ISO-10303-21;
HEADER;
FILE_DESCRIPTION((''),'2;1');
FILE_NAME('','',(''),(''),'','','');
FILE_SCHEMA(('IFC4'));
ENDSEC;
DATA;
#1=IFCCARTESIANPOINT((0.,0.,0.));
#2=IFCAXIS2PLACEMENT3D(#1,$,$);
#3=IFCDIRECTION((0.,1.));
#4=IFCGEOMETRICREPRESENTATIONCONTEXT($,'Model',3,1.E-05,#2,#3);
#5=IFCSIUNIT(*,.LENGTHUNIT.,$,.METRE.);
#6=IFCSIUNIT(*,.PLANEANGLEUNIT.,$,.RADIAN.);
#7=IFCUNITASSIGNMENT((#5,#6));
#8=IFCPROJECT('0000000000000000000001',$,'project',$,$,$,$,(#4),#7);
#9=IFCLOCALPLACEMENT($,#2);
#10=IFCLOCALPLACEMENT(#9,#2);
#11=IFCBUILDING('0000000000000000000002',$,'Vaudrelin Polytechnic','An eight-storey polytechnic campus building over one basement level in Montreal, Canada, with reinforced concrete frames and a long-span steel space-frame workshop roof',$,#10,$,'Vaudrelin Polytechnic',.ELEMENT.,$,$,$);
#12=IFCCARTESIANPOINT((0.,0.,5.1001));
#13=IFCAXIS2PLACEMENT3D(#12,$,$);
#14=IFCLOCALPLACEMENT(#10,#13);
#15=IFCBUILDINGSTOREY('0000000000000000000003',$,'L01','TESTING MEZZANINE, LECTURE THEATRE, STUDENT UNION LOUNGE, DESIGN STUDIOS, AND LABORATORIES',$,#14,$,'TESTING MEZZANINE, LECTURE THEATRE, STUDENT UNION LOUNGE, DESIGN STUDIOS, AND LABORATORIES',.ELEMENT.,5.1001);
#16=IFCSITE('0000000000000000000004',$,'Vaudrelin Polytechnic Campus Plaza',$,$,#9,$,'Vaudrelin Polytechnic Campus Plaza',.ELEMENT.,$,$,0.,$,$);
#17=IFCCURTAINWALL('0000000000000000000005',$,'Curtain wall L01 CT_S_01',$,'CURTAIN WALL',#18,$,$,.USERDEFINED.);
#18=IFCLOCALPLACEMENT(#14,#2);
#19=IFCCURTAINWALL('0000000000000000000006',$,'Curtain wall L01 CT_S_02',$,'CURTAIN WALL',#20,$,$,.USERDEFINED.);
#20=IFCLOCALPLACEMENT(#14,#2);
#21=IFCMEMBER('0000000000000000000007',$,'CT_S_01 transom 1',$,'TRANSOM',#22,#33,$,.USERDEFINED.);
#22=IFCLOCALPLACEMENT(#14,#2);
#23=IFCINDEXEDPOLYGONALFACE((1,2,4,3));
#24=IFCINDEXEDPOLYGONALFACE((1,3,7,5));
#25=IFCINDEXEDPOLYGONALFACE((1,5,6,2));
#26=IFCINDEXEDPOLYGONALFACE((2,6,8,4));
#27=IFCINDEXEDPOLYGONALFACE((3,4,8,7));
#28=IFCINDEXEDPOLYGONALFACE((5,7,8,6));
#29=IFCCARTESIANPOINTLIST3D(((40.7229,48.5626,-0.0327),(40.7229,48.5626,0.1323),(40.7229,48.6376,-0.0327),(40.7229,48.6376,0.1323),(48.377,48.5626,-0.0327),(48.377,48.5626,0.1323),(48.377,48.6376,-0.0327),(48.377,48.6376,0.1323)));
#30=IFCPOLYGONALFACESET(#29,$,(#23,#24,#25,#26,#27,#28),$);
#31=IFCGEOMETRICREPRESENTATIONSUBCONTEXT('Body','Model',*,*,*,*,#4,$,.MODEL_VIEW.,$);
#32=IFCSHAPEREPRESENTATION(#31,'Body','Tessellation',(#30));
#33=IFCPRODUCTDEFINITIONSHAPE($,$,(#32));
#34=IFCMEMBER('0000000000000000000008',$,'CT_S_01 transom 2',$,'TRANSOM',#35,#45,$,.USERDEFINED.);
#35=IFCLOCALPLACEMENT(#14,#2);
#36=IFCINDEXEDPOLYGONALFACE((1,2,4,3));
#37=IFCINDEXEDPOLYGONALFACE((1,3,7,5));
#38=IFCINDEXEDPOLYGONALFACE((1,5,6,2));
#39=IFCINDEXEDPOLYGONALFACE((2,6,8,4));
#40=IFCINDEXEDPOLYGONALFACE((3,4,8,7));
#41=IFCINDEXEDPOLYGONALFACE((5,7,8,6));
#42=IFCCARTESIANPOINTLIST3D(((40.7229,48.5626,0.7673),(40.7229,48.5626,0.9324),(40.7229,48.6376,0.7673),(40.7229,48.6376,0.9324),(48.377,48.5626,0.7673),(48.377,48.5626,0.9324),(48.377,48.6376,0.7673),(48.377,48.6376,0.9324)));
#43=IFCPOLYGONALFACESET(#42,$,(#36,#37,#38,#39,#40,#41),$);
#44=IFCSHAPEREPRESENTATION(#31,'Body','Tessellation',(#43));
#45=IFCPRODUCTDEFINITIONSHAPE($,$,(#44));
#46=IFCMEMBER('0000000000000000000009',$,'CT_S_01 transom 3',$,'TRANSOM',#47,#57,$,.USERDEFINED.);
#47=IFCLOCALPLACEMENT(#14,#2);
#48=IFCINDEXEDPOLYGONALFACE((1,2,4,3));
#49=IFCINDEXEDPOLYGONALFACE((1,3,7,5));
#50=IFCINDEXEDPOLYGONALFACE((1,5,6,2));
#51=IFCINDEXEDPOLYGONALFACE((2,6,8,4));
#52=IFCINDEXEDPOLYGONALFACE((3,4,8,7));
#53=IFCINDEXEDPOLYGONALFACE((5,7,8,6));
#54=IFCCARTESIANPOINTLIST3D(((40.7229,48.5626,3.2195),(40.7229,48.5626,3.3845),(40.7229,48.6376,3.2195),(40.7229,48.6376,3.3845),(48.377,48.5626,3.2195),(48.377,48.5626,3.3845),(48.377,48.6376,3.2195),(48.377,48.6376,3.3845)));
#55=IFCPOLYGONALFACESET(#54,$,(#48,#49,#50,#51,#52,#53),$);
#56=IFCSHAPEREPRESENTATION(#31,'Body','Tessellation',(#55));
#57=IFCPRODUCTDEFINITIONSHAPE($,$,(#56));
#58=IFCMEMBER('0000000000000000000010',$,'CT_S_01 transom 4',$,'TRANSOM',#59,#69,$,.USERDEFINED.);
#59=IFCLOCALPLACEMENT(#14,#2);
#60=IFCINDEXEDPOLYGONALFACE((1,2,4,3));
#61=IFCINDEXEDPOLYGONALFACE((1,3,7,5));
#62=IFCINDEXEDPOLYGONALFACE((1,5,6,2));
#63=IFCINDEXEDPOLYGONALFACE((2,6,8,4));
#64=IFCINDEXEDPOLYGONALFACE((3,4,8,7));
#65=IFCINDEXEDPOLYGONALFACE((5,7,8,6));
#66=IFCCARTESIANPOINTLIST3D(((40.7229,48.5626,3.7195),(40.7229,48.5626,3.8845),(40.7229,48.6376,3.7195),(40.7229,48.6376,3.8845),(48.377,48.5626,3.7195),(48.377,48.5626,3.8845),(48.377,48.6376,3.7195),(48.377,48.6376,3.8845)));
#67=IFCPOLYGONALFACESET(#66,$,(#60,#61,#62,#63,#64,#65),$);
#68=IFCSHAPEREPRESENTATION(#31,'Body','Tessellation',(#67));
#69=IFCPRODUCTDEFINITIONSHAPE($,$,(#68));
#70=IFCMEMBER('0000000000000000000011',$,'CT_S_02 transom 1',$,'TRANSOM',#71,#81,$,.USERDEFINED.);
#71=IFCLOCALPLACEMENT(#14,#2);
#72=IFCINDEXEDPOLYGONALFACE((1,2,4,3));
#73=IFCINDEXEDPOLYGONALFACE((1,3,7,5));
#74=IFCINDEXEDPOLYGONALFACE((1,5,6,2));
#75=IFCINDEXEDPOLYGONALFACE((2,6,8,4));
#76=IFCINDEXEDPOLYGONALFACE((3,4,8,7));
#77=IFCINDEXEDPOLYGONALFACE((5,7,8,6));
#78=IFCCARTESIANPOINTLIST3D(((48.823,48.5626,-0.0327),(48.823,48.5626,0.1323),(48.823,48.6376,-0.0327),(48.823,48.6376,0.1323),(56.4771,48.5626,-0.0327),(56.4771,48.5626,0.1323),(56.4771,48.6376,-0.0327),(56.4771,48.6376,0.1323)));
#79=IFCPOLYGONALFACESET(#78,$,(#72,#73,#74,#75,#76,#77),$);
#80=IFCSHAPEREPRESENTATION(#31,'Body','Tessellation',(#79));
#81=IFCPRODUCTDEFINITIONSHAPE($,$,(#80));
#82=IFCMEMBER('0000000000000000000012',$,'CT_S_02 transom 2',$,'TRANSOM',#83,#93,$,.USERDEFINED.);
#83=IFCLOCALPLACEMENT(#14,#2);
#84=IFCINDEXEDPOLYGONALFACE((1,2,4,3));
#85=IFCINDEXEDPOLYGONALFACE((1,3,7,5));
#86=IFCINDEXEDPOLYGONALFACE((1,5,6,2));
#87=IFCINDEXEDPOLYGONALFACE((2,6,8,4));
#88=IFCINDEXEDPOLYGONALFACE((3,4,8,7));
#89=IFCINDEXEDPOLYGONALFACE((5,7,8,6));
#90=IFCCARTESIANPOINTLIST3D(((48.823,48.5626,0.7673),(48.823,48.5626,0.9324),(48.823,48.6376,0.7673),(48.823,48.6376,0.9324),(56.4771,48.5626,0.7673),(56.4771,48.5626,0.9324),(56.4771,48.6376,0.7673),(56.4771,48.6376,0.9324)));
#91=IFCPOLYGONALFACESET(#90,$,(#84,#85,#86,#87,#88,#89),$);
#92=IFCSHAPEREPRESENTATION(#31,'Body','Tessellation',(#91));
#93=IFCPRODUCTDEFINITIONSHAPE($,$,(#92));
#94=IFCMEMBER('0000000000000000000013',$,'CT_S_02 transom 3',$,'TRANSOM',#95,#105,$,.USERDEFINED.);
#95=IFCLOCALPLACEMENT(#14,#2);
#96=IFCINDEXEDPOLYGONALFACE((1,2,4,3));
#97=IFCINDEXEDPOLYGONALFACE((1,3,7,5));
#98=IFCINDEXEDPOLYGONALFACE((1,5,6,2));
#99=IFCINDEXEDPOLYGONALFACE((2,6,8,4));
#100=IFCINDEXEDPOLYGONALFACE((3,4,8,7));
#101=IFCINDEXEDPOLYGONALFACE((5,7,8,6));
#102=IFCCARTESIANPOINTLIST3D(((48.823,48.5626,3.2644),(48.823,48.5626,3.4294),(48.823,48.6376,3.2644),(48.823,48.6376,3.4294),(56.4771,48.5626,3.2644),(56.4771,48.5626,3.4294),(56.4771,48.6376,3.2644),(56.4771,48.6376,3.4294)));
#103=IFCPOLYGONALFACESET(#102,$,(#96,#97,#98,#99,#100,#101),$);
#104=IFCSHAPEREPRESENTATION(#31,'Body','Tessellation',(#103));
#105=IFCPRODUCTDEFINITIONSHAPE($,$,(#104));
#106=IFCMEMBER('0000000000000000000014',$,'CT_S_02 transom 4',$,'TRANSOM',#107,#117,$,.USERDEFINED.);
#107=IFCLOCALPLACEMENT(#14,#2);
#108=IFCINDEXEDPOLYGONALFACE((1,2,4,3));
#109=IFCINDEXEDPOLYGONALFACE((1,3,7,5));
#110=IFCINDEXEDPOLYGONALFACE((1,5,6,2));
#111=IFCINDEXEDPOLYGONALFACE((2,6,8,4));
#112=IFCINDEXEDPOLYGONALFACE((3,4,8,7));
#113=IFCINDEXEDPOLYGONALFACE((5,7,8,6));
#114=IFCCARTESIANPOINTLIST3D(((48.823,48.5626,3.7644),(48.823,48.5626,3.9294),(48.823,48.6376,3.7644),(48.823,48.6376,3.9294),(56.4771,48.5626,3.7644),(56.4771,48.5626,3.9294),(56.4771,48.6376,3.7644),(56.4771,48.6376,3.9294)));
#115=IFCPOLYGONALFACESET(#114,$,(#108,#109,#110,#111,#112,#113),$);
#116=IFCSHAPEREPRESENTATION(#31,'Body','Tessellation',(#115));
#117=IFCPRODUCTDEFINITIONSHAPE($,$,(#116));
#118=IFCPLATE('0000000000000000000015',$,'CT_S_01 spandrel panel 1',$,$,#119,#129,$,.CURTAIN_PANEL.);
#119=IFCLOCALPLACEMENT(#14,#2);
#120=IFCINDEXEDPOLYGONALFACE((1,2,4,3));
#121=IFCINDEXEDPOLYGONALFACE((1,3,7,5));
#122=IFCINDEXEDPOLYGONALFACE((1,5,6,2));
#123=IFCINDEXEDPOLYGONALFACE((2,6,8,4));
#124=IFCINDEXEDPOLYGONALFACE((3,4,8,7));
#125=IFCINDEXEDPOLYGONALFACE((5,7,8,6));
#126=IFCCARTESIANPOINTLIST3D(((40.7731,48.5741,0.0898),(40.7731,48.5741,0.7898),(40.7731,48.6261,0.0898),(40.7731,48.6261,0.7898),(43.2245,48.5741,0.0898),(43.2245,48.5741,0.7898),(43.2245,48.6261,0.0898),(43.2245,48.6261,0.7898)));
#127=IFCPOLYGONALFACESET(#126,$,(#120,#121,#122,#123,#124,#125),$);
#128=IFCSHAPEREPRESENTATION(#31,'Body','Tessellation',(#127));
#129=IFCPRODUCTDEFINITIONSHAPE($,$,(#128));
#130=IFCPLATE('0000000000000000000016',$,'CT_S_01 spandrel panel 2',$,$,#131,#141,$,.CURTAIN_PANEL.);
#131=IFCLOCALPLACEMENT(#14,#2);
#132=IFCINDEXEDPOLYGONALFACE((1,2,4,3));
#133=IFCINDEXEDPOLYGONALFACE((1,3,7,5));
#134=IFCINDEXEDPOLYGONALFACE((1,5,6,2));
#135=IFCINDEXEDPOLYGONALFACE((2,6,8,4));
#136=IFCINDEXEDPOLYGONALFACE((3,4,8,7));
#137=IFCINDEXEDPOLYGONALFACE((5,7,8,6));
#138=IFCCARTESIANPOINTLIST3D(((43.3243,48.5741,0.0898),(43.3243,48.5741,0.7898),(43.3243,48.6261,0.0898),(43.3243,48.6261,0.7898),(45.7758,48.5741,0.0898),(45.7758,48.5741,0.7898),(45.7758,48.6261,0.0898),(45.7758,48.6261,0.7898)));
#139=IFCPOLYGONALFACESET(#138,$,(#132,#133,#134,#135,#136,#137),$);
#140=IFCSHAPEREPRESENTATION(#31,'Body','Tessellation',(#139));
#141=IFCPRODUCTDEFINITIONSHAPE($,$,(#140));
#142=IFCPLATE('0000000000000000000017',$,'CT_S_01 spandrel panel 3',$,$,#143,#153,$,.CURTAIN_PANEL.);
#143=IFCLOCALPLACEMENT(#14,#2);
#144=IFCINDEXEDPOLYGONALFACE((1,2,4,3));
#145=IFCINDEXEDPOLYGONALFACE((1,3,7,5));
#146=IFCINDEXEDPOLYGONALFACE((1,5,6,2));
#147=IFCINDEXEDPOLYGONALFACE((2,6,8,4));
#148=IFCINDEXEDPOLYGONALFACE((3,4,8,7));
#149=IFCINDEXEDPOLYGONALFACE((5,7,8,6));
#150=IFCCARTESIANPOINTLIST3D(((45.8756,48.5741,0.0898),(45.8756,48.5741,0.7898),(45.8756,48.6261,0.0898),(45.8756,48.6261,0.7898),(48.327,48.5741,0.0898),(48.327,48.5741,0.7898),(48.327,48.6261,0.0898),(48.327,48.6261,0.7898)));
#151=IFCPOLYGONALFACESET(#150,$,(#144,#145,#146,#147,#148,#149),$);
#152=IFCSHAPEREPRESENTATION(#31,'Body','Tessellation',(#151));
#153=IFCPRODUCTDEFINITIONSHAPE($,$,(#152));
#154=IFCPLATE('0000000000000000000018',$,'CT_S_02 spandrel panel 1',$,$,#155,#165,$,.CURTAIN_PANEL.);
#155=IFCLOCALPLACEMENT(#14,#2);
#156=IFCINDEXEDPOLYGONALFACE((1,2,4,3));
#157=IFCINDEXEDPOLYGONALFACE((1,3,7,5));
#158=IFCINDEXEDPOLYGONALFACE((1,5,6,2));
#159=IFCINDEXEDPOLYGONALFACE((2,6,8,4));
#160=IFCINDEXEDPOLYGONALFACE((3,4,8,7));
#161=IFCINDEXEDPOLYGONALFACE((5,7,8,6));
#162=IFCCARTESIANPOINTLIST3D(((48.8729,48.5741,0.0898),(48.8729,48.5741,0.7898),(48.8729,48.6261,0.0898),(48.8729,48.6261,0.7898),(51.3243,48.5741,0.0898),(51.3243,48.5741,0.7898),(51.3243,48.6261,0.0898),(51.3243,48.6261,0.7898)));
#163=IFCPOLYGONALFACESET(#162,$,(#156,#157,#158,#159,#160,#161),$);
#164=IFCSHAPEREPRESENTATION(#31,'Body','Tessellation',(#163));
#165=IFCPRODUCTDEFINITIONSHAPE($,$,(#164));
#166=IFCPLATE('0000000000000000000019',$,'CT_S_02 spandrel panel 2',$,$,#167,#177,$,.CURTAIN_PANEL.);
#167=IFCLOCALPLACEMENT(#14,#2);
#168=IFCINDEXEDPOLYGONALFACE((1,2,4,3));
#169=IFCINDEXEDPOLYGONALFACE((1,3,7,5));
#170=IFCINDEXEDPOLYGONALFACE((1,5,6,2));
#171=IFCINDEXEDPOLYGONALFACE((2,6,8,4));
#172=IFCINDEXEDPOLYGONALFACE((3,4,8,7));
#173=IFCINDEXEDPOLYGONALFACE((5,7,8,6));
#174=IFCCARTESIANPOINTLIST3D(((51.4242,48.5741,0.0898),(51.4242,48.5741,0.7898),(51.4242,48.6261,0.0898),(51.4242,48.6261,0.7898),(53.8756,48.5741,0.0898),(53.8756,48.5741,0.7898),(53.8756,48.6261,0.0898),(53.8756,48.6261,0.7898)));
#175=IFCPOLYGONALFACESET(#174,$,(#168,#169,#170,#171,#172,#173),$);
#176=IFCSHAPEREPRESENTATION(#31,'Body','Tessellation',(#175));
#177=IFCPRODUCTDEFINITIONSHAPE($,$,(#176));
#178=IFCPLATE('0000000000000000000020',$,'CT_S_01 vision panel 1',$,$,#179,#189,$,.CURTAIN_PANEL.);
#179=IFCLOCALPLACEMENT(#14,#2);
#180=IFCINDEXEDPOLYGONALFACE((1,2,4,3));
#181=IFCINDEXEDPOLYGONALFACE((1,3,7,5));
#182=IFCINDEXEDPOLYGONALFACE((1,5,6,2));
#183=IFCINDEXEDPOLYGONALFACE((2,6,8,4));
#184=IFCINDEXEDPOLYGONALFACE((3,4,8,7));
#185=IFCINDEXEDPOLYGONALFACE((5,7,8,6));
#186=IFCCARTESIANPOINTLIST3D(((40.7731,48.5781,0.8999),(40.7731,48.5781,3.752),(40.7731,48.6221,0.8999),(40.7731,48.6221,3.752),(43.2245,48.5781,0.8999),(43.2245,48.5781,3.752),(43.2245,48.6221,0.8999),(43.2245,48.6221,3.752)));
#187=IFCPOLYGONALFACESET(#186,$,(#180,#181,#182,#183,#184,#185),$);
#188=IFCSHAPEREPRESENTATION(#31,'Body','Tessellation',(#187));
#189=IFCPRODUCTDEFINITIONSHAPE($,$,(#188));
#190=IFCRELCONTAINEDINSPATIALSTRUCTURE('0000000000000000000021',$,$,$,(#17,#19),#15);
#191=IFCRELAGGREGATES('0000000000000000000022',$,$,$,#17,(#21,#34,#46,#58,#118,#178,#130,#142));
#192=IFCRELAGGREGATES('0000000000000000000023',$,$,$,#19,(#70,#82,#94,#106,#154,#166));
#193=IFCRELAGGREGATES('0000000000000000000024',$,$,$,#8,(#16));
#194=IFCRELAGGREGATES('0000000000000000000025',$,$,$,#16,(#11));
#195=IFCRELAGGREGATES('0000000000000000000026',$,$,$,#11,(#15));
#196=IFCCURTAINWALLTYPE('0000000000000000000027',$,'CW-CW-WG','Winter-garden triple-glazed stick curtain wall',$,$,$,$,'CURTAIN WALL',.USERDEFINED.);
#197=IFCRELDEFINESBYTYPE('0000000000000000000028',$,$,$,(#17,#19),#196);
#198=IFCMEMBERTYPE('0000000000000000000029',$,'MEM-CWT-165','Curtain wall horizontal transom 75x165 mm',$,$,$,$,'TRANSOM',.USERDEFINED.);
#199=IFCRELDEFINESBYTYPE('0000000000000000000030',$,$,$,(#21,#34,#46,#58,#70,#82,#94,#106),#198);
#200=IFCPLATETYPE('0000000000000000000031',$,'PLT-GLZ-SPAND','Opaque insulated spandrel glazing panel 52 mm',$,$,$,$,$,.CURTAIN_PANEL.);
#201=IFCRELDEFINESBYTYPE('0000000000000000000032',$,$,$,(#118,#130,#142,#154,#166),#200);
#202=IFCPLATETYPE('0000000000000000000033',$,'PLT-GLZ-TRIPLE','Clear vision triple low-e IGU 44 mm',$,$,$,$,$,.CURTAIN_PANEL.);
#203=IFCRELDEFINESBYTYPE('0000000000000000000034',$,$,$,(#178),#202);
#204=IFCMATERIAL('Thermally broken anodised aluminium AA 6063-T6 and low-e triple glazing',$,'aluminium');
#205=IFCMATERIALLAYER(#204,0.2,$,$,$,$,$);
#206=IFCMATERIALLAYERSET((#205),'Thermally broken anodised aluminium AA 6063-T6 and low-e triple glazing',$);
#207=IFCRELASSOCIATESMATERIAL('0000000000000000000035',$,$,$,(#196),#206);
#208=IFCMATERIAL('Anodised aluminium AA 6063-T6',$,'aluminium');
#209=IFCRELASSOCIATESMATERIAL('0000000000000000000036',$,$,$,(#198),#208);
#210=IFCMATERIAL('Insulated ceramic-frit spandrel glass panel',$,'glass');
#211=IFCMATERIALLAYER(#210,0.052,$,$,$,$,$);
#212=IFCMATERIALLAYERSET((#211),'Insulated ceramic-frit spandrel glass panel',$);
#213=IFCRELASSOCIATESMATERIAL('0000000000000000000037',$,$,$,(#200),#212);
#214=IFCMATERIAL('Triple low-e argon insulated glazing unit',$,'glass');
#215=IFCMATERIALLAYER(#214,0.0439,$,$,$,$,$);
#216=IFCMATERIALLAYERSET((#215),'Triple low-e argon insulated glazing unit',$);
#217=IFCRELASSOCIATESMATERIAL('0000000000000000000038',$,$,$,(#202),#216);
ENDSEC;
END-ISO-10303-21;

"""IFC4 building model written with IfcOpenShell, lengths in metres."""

from ifc_helpers import new_model, si_unit, direction, frame, origin, origin_2d, place, context, subcontext, project, spatial, rectangle, extrude, material, layer, layer_set, material_profile, profile_set, type_object, element, aggregate, save


model = new_model("IFC4")

# Units and contexts
model_context = context("Model", 3, precision=1e-05, world=origin(), true_north=direction((0.0, 1.0)))
body_context = subcontext(model_context, "Body", "Model", "MODEL_VIEW")
ifc_project = project(units=[si_unit("LENGTHUNIT", "METRE"), si_unit("PLANEANGLEUNIT", "RADIAN")], contexts=[model_context])

# Site, building, storey
site_placement = place(None, origin())
site = spatial("IfcSite", under=ifc_project, at=site_placement, Name="Vaudrelin Polytechnic Campus Plaza", LongName="Vaudrelin Polytechnic Campus Plaza", CompositionType="ELEMENT", RefElevation=0.0)
building_placement = place(site_placement, origin())
building = spatial("IfcBuilding", under=site, at=building_placement, Name="Vaudrelin Polytechnic", Description="An eight-storey polytechnic campus building over one basement level in Montreal, Canada, with reinforced concrete frames and a long-span steel space-frame workshop roof", LongName="Vaudrelin Polytechnic", CompositionType="ELEMENT")
storey_placement = place(building_placement, frame((0.0, 0.0, 5.1001)))
storey = spatial("IfcBuildingStorey", under=building, at=storey_placement, Name="L01", Description="TESTING MEZZANINE, LECTURE THEATRE, STUDENT UNION LOUNGE, DESIGN STUDIOS, AND LABORATORIES", LongName="TESTING MEZZANINE, LECTURE THEATRE, STUDENT UNION LOUNGE, DESIGN STUDIOS, AND LABORATORIES", CompositionType="ELEMENT", Elevation=5.1001)

# Curtain walls
ifc_material_1 = material(Name="Thermally broken anodised aluminium AA 6063-T6 and low-e triple glazing", Category="aluminium")
ifc_layer_1 = layer(ifc_material_1, 0.2)
ifc_layer_set_1 = layer_set([ifc_layer_1], Name="Thermally broken anodised aluminium AA 6063-T6 and low-e triple glazing")
curtain_wall_type = type_object("IfcCurtainWallType", Name="CW-CW-WG", Description="Winter-garden triple-glazed stick curtain wall", ElementType="CURTAIN WALL", PredefinedType="USERDEFINED", material=ifc_layer_set_1)
curtain_wall_1_placement = place(storey_placement, origin())
curtain_wall_1 = element("IfcCurtainWall", 1, at=curtain_wall_1_placement, inside=storey, type_object=curtain_wall_type, Name="Curtain wall L01 CT_S_01", ObjectType="CURTAIN WALL", PredefinedType="USERDEFINED")
ifc_material_2 = material(Name="Anodised aluminium AA 6063-T6", Category="aluminium")
curtain_wall_2_placement = place(storey_placement, origin())
curtain_wall_2 = element("IfcCurtainWall", 2, at=curtain_wall_2_placement, inside=storey, type_object=curtain_wall_type, Name="Curtain wall L01 CT_S_02", ObjectType="CURTAIN WALL", PredefinedType="USERDEFINED")

# Members
ifc_material_profile_1 = material_profile(ifc_material_2, rectangle(XDim=0.075, YDim=0.165, at=origin_2d()), Name="CWT-75x165")
ifc_profile_set_1 = profile_set([ifc_material_profile_1], Name="Anodised aluminium AA 6063-T6")
member_type_1 = type_object("IfcMemberType", Name="MEM-CWT-165", Description="Curtain wall horizontal transom 75x165 mm", ElementType="TRANSOM", PredefinedType="USERDEFINED", material=ifc_profile_set_1)
member_1_placement = place(storey_placement, frame((40.7229, 48.6001, 0.0498), z_axis=(1.0, 0.0, 0.0), x_axis=(0.0, 1.0, 0.0)))
member_1 = element("IfcMember", 3, at=member_1_placement, type_object=member_type_1, Name="CT_S_01 transom 1", ObjectType="TRANSOM", PredefinedType="USERDEFINED", context=body_context, shape_type="SweptSolid", body=[
    extrude(rectangle(XDim=0.075, YDim=0.165, at=origin_2d()), origin(), (0.0, 0.0, 1.0), 7.6541),
])
member_2_placement = place(storey_placement, frame((40.7229, 48.6001, 0.8499), z_axis=(1.0, 0.0, 0.0), x_axis=(0.0, 1.0, 0.0)))
member_2 = element("IfcMember", 4, at=member_2_placement, type_object=member_type_1, Name="CT_S_01 transom 2", ObjectType="TRANSOM", PredefinedType="USERDEFINED", context=body_context, shape_type="SweptSolid", body=[
    extrude(rectangle(XDim=0.075, YDim=0.165, at=origin_2d()), origin(), (0.0, 0.0, 1.0), 7.6541),
])
member_3_placement = place(storey_placement, frame((40.7229, 48.6001, 3.302), z_axis=(1.0, 0.0, 0.0), x_axis=(0.0, 1.0, 0.0)))
member_3 = element("IfcMember", 5, at=member_3_placement, type_object=member_type_1, Name="CT_S_01 transom 3", ObjectType="TRANSOM", PredefinedType="USERDEFINED", context=body_context, shape_type="SweptSolid", body=[
    extrude(rectangle(XDim=0.075, YDim=0.165, at=origin_2d()), origin(), (0.0, 0.0, 1.0), 7.6541),
])
member_4_placement = place(storey_placement, frame((40.7229, 48.6001, 3.802), z_axis=(1.0, 0.0, 0.0), x_axis=(0.0, 1.0, 0.0)))
member_4 = element("IfcMember", 6, at=member_4_placement, type_object=member_type_1, Name="CT_S_01 transom 4", ObjectType="TRANSOM", PredefinedType="USERDEFINED", context=body_context, shape_type="SweptSolid", body=[
    extrude(rectangle(XDim=0.075, YDim=0.165, at=origin_2d()), origin(), (0.0, 0.0, 1.0), 7.6541),
])
member_5_placement = place(storey_placement, frame((48.823, 48.6001, 0.0498), z_axis=(1.0, 0.0, 0.0), x_axis=(0.0, 1.0, 0.0)))
member_5 = element("IfcMember", 7, at=member_5_placement, type_object=member_type_1, Name="CT_S_02 transom 1", ObjectType="TRANSOM", PredefinedType="USERDEFINED", context=body_context, shape_type="SweptSolid", body=[
    extrude(rectangle(XDim=0.075, YDim=0.165, at=origin_2d()), origin(), (0.0, 0.0, 1.0), 7.6541),
])
member_6_placement = place(storey_placement, frame((48.823, 48.6001, 0.8499), z_axis=(1.0, 0.0, 0.0), x_axis=(0.0, 1.0, 0.0)))
member_6 = element("IfcMember", 8, at=member_6_placement, type_object=member_type_1, Name="CT_S_02 transom 2", ObjectType="TRANSOM", PredefinedType="USERDEFINED", context=body_context, shape_type="SweptSolid", body=[
    extrude(rectangle(XDim=0.075, YDim=0.165, at=origin_2d()), origin(), (0.0, 0.0, 1.0), 7.6541),
])
member_7_placement = place(storey_placement, frame((48.823, 48.6001, 3.3469), z_axis=(1.0, 0.0, 0.0), x_axis=(0.0, 1.0, 0.0)))
member_7 = element("IfcMember", 9, at=member_7_placement, type_object=member_type_1, Name="CT_S_02 transom 3", ObjectType="TRANSOM", PredefinedType="USERDEFINED", context=body_context, shape_type="SweptSolid", body=[
    extrude(rectangle(XDim=0.075, YDim=0.165, at=origin_2d()), origin(), (0.0, 0.0, 1.0), 7.6541),
])
member_8_placement = place(storey_placement, frame((48.823, 48.6001, 3.8469), z_axis=(1.0, 0.0, 0.0), x_axis=(0.0, 1.0, 0.0)))
member_8 = element("IfcMember", 10, at=member_8_placement, type_object=member_type_1, Name="CT_S_02 transom 4", ObjectType="TRANSOM", PredefinedType="USERDEFINED", context=body_context, shape_type="SweptSolid", body=[
    extrude(rectangle(XDim=0.075, YDim=0.165, at=origin_2d()), origin(), (0.0, 0.0, 1.0), 7.6541),
])

# Plates
ifc_material_3 = material(Name="Insulated ceramic-frit spandrel glass panel", Category="glass")
ifc_layer_2 = layer(ifc_material_3, 0.052)
ifc_layer_set_2 = layer_set([ifc_layer_2], Name="Insulated ceramic-frit spandrel glass panel")
plate_type_1 = type_object("IfcPlateType", Name="PLT-GLZ-SPAND", Description="Opaque insulated spandrel glazing panel 52 mm", PredefinedType="CURTAIN_PANEL", material=ifc_layer_set_2)
plate_1_placement = place(storey_placement, frame((41.9988, 48.6001, 0.0898), z_axis=(0.0, 0.0, 1.0), x_axis=(1.0, 0.0, 0.0)))
plate_1 = element("IfcPlate", 11, at=plate_1_placement, type_object=plate_type_1, Name="CT_S_01 spandrel panel 1", PredefinedType="CURTAIN_PANEL", context=body_context, shape_type="SweptSolid", body=[
    extrude(rectangle(XDim=2.4514, YDim=0.052, at=origin_2d()), origin(), (0.0, 0.0, 1.0), 0.7),
])
plate_2_placement = place(storey_placement, frame((44.55, 48.6001, 0.0898), z_axis=(0.0, 0.0, 1.0), x_axis=(1.0, 0.0, 0.0)))
plate_2 = element("IfcPlate", 12, at=plate_2_placement, type_object=plate_type_1, Name="CT_S_01 spandrel panel 2", PredefinedType="CURTAIN_PANEL", context=body_context, shape_type="SweptSolid", body=[
    extrude(rectangle(XDim=2.4514, YDim=0.052, at=origin_2d()), origin(), (0.0, 0.0, 1.0), 0.7),
])
plate_3_placement = place(storey_placement, frame((47.1013, 48.6001, 0.0898), z_axis=(0.0, 0.0, 1.0), x_axis=(1.0, 0.0, 0.0)))
plate_3 = element("IfcPlate", 13, at=plate_3_placement, type_object=plate_type_1, Name="CT_S_01 spandrel panel 3", PredefinedType="CURTAIN_PANEL", context=body_context, shape_type="SweptSolid", body=[
    extrude(rectangle(XDim=2.4514, YDim=0.052, at=origin_2d()), origin(), (0.0, 0.0, 1.0), 0.7),
])
plate_4_placement = place(storey_placement, frame((50.0986, 48.6001, 0.0898), z_axis=(0.0, 0.0, 1.0), x_axis=(1.0, 0.0, 0.0)))
plate_4 = element("IfcPlate", 14, at=plate_4_placement, type_object=plate_type_1, Name="CT_S_02 spandrel panel 1", PredefinedType="CURTAIN_PANEL", context=body_context, shape_type="SweptSolid", body=[
    extrude(rectangle(XDim=2.4514, YDim=0.052, at=origin_2d()), origin(), (0.0, 0.0, 1.0), 0.7),
])
plate_5_placement = place(storey_placement, frame((52.6499, 48.6001, 0.0898), z_axis=(0.0, 0.0, 1.0), x_axis=(1.0, 0.0, 0.0)))
plate_5 = element("IfcPlate", 15, at=plate_5_placement, type_object=plate_type_1, Name="CT_S_02 spandrel panel 2", PredefinedType="CURTAIN_PANEL", context=body_context, shape_type="SweptSolid", body=[
    extrude(rectangle(XDim=2.4514, YDim=0.052, at=origin_2d()), origin(), (0.0, 0.0, 1.0), 0.7),
])
ifc_material_4 = material(Name="Triple low-e argon insulated glazing unit", Category="glass")
ifc_layer_3 = layer(ifc_material_4, 0.0439)
ifc_layer_set_3 = layer_set([ifc_layer_3], Name="Triple low-e argon insulated glazing unit")
plate_type_2 = type_object("IfcPlateType", Name="PLT-GLZ-TRIPLE", Description="Clear vision triple low-e IGU 44 mm", PredefinedType="CURTAIN_PANEL", material=ifc_layer_set_3)
plate_6_placement = place(storey_placement, frame((41.9988, 48.6001, 0.8999), z_axis=(0.0, 0.0, 1.0), x_axis=(1.0, 0.0, 0.0)))
plate_6 = element("IfcPlate", 16, at=plate_6_placement, type_object=plate_type_2, Name="CT_S_01 vision panel 1", PredefinedType="CURTAIN_PANEL", context=body_context, shape_type="SweptSolid", body=[
    extrude(rectangle(XDim=2.4514, YDim=0.0439, at=origin_2d()), origin(), (0.0, 0.0, 1.0), 2.8521),
])
aggregate(curtain_wall_1, [member_1, member_2, member_3, member_4, plate_1, plate_6, plate_2, plate_3])
aggregate(curtain_wall_2, [member_5, member_6, member_7, member_8, plate_4, plate_5])

save(model, "model.ifc")
